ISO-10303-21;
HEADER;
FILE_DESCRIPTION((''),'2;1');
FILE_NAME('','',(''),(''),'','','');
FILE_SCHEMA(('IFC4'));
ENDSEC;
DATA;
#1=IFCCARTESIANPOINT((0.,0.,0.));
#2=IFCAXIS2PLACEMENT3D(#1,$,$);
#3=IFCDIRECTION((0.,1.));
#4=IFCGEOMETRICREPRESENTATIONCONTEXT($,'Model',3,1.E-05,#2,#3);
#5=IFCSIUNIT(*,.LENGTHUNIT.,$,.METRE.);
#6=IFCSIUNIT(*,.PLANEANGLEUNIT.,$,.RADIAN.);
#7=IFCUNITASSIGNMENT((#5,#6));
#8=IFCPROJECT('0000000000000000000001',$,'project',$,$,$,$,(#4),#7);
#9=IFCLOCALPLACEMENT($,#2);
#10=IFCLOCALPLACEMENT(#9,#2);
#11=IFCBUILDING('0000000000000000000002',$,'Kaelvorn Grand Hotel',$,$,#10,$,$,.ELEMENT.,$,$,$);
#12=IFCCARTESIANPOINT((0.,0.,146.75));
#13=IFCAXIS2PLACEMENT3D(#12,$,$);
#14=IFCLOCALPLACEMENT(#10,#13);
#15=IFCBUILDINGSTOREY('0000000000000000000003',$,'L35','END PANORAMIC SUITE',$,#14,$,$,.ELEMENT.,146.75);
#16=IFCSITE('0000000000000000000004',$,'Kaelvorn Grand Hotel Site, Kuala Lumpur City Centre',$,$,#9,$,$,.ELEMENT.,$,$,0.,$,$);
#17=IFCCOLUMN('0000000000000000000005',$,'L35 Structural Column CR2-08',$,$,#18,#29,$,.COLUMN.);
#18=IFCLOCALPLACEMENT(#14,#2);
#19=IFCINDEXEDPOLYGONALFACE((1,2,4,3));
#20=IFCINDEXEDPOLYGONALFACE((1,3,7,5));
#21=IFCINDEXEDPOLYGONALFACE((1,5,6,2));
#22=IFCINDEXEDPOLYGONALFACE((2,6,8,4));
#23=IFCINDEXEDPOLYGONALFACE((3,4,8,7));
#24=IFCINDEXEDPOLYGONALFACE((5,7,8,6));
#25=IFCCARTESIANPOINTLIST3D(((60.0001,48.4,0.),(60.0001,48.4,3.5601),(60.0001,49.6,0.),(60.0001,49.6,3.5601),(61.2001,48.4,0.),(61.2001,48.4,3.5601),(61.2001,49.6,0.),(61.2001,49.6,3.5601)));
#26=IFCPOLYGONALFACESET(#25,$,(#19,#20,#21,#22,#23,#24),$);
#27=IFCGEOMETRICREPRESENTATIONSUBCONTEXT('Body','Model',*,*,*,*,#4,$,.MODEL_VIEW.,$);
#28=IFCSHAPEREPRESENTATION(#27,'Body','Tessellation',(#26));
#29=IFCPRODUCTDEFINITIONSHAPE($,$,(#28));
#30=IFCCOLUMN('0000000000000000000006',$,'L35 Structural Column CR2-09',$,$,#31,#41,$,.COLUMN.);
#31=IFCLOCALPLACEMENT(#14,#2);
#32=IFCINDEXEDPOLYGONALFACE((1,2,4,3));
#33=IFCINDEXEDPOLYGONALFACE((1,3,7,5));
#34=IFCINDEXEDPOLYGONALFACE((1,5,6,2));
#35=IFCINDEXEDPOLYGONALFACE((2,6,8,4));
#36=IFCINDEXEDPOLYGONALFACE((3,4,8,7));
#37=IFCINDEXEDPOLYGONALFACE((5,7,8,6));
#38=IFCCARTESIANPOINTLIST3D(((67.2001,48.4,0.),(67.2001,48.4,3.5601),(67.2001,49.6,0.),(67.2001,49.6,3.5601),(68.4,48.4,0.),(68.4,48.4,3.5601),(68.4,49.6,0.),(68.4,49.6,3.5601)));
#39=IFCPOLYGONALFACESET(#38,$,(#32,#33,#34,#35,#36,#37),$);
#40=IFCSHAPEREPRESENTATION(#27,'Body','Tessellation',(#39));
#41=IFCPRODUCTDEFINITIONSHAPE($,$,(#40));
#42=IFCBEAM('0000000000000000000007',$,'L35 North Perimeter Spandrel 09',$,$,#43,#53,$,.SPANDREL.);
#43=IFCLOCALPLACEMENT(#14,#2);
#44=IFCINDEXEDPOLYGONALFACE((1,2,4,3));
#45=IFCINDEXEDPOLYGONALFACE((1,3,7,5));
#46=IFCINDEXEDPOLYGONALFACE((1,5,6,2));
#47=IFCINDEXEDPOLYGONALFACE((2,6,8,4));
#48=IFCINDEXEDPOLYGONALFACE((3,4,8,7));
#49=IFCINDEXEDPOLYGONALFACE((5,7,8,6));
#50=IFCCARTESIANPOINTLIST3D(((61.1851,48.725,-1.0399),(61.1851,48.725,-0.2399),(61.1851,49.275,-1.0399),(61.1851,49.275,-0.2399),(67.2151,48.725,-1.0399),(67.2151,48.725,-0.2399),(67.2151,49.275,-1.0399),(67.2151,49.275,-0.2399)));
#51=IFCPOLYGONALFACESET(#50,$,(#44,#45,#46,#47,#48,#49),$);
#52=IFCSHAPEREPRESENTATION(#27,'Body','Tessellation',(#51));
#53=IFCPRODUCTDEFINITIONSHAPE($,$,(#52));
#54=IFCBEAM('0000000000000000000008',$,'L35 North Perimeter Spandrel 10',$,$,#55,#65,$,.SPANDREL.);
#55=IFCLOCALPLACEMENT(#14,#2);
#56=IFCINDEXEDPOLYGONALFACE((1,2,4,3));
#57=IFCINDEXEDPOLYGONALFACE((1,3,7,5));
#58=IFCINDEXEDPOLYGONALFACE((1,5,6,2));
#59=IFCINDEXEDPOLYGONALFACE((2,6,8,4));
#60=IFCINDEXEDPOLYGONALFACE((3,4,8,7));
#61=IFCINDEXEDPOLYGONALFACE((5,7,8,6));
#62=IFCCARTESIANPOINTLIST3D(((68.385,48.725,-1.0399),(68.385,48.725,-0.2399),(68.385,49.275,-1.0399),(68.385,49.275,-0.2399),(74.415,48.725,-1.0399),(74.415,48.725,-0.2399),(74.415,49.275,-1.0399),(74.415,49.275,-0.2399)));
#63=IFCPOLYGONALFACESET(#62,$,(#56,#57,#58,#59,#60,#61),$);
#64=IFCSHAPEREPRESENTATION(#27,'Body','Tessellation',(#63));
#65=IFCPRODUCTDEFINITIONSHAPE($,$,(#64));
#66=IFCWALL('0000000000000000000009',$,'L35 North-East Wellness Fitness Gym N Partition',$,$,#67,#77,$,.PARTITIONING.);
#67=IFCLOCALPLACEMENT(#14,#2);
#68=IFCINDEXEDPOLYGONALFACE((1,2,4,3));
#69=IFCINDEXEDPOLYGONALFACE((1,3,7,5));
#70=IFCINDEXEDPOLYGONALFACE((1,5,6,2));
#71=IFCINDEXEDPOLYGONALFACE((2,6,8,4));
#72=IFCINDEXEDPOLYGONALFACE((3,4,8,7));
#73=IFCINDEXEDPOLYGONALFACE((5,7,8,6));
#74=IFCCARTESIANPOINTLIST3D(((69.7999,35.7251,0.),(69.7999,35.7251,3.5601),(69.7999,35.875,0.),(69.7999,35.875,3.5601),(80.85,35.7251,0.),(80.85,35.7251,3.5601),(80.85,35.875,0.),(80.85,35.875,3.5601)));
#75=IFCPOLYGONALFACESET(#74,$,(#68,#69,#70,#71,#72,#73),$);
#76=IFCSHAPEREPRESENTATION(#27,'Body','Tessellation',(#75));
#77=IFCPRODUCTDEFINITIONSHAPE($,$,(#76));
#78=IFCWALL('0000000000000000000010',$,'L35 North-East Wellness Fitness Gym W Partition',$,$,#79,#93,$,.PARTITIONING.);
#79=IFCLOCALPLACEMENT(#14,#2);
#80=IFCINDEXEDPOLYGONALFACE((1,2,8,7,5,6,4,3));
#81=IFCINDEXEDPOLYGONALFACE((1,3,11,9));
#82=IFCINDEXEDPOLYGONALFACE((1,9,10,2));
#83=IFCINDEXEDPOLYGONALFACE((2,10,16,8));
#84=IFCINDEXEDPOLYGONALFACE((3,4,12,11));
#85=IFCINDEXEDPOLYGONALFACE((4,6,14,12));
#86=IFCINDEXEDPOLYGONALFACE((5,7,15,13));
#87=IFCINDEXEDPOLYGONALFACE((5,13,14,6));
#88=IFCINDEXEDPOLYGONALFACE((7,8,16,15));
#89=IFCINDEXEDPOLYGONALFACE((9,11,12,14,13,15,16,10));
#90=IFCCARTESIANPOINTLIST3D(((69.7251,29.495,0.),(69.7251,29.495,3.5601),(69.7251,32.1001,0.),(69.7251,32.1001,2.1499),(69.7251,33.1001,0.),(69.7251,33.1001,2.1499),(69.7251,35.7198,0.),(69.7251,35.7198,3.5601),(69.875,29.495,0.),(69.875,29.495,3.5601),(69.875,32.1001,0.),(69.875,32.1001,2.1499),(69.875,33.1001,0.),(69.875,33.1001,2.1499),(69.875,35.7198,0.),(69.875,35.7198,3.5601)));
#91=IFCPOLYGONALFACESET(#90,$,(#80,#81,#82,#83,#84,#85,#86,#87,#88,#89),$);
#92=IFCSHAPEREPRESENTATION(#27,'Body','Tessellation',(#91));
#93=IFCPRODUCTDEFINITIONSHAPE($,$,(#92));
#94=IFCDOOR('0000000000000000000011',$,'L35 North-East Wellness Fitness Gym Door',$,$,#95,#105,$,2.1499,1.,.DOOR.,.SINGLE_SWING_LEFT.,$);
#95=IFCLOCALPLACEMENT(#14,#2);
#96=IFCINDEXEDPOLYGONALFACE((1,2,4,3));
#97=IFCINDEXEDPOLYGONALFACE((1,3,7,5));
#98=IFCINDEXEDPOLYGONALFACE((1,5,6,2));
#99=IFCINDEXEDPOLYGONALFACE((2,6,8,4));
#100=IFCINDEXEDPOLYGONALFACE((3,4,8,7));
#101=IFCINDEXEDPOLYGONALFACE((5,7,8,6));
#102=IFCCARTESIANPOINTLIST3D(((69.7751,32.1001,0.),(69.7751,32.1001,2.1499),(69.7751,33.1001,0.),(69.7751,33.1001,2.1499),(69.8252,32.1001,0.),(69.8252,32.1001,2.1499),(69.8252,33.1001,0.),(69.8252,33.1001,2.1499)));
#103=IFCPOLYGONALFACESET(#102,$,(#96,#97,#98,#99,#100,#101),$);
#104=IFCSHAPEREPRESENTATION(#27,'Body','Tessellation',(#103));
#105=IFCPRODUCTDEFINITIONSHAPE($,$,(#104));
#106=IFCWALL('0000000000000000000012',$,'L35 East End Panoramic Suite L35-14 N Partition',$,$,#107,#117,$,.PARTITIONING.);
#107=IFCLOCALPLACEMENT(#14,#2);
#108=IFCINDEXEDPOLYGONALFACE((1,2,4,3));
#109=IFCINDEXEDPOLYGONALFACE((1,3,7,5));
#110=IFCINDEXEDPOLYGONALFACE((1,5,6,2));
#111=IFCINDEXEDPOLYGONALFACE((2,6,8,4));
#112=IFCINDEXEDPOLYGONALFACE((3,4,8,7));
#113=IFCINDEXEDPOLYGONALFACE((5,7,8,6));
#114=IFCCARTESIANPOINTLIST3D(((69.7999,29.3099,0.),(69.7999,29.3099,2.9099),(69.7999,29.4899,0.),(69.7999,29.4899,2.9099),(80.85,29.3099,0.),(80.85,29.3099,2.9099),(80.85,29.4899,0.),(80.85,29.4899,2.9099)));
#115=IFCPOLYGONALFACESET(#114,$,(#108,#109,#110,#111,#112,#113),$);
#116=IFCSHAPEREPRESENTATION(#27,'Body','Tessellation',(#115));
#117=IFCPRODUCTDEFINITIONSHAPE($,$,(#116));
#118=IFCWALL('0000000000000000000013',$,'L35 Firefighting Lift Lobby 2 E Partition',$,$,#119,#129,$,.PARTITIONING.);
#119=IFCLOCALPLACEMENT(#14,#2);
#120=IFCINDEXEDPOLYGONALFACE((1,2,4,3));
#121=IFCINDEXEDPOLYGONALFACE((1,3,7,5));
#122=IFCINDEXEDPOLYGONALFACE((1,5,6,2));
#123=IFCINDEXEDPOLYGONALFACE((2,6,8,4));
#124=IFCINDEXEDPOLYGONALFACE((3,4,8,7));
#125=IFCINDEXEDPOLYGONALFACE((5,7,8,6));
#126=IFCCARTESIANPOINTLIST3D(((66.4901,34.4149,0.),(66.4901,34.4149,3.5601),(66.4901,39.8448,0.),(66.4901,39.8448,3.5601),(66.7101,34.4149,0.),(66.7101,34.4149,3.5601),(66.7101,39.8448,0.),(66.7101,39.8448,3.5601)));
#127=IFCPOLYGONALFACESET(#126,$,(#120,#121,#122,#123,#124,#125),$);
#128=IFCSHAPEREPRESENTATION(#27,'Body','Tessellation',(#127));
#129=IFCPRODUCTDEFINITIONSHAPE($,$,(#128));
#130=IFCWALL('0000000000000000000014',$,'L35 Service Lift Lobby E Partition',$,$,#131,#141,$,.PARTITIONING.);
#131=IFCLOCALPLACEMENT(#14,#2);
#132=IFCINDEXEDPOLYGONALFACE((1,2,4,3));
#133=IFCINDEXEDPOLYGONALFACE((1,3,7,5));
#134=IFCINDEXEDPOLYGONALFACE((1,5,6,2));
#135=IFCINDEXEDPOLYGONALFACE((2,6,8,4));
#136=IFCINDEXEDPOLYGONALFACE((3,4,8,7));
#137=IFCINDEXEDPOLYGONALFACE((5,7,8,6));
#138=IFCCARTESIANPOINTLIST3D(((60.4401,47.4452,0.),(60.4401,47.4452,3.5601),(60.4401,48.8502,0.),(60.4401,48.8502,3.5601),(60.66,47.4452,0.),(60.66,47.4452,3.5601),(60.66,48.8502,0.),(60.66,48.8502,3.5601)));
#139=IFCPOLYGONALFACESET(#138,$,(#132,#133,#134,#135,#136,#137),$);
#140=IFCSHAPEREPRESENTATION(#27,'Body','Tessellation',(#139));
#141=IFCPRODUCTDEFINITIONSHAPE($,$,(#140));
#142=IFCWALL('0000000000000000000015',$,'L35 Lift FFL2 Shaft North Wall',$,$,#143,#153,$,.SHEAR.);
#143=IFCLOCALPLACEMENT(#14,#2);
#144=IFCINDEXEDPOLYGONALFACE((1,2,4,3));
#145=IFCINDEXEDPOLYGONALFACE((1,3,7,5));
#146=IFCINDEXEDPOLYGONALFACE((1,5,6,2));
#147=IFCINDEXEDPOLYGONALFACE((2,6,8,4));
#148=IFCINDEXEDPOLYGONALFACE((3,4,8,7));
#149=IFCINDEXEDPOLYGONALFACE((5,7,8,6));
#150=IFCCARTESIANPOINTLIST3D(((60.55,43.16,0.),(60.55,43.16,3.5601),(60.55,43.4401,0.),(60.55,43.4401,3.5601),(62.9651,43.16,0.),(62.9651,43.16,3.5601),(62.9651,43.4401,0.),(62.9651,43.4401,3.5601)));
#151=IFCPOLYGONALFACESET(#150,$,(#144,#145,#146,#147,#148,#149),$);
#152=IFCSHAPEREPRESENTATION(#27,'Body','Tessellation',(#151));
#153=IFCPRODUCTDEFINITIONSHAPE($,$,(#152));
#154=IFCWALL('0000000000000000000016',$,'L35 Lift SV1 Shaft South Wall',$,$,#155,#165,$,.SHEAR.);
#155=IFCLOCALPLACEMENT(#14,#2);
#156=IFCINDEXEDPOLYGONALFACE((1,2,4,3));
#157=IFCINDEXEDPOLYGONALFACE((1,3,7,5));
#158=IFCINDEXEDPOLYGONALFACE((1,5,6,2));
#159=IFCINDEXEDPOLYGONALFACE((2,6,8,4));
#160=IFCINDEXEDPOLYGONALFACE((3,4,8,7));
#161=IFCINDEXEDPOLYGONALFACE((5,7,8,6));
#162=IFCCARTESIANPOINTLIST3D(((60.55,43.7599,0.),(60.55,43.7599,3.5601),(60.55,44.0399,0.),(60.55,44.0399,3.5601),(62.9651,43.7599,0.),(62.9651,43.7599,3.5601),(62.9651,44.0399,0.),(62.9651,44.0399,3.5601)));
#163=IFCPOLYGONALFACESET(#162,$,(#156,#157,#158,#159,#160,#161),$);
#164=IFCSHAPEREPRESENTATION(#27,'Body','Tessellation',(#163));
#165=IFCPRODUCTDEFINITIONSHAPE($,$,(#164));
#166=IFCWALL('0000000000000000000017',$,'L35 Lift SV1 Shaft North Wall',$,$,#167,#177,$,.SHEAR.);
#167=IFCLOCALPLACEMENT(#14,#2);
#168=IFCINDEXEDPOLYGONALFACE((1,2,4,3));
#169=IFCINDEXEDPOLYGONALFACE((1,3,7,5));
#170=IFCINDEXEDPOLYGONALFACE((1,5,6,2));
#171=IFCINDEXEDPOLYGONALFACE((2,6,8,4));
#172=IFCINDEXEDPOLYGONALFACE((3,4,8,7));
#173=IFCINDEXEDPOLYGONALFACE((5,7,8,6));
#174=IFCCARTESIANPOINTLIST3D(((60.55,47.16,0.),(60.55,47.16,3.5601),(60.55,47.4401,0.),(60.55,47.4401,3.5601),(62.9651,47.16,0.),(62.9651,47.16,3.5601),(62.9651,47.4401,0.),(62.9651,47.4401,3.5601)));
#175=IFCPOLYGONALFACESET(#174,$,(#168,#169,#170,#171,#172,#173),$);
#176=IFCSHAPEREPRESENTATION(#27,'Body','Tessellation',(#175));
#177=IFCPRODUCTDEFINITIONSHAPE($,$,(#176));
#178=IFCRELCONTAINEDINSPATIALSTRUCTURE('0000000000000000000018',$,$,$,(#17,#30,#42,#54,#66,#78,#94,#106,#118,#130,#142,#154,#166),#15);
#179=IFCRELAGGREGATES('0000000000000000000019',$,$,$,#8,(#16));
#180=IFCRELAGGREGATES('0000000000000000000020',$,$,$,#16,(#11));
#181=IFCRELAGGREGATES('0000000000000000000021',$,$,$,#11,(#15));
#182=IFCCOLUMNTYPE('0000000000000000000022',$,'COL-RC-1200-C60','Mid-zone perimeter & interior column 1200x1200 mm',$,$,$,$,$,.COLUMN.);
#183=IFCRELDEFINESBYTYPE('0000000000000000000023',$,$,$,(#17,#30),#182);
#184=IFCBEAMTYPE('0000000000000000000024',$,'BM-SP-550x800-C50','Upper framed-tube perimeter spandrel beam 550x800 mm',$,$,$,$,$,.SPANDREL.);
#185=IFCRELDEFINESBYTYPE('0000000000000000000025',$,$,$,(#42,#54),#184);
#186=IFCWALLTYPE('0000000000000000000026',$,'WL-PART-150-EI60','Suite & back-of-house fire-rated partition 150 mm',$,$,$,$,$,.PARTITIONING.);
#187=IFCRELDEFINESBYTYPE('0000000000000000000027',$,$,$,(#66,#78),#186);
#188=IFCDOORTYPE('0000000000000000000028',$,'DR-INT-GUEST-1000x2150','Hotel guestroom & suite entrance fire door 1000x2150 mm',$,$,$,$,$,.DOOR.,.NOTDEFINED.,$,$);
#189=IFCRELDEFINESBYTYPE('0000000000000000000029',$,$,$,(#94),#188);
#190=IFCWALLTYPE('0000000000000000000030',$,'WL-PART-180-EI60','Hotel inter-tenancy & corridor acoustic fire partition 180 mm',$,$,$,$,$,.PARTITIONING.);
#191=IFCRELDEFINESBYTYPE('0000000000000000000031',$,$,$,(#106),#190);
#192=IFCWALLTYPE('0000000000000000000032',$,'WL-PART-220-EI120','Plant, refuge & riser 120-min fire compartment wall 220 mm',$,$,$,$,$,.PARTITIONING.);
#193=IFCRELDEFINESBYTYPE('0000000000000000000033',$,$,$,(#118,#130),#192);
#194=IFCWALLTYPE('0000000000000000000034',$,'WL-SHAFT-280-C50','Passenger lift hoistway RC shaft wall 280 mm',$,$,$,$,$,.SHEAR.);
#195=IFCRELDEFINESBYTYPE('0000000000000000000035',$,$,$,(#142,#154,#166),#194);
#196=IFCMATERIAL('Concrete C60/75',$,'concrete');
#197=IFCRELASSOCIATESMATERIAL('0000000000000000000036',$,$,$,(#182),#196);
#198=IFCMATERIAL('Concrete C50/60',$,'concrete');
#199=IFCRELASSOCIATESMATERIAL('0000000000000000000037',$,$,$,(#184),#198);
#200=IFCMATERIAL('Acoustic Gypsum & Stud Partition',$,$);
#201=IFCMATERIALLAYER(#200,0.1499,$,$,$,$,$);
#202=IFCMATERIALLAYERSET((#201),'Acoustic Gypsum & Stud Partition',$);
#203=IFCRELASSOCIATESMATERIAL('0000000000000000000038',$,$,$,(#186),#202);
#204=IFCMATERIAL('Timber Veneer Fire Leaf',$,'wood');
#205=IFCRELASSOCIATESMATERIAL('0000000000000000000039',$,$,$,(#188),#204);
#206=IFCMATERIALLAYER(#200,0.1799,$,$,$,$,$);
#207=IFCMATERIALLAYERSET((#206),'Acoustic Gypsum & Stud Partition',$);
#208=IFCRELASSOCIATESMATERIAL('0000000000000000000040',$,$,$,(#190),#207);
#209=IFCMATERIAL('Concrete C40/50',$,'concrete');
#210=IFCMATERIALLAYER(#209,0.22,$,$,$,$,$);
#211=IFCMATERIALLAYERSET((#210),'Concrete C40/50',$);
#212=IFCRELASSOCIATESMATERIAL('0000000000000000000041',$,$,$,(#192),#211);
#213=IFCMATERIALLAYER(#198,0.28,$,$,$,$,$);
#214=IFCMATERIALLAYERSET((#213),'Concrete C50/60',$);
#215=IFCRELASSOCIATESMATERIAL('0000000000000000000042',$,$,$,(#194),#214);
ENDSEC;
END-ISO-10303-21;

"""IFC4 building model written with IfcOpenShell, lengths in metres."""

from ifc_helpers import new_model, si_unit, direction, frame, frame_2d, origin, origin_2d, place, context, subcontext, project, spatial, rectangle, extrude, material, layer, layer_set, material_profile, profile_set, type_object, element, fill, save


model = new_model("IFC4")

# Units and contexts
model_context = context("Model", 3, precision=1e-05, world=origin(), true_north=direction((0.0, 1.0)))
body_context = subcontext(model_context, "Body", "Model", "MODEL_VIEW")
ifc_project = project(units=[si_unit("LENGTHUNIT", "METRE"), si_unit("PLANEANGLEUNIT", "RADIAN")], contexts=[model_context])

# Site, building, storey
site_placement = place(None, origin())
site = spatial("IfcSite", under=ifc_project, at=site_placement, Name="Kaelvorn Grand Hotel Site, Kuala Lumpur City Centre", CompositionType="ELEMENT", RefElevation=0.0)
building_placement = place(site_placement, origin())
building = spatial("IfcBuilding", under=site, at=building_placement, Name="Kaelvorn Grand Hotel", CompositionType="ELEMENT")
storey_placement = place(building_placement, frame((0.0, 0.0, 146.75)))
storey = spatial("IfcBuildingStorey", under=building, at=storey_placement, Name="L35", Description="END PANORAMIC SUITE", CompositionType="ELEMENT", Elevation=146.75)

# Columns
ifc_material_1 = material(Name="Concrete C60/75", Category="concrete")
ifc_material_profile_1 = material_profile(ifc_material_1, rectangle(XDim=1.2, YDim=1.2, at=origin_2d()), Name="RC COL 1200x1200")
ifc_profile_set_1 = profile_set([ifc_material_profile_1], Name="Concrete C60/75")
column_type = type_object("IfcColumnType", Name="COL-RC-1200-C60", Description="Mid-zone perimeter & interior column 1200x1200 mm", PredefinedType="COLUMN", material=ifc_profile_set_1)
for number, where, z_axis, x_axis, name in (
    (1, (60.6001, 49.0, 0.0), (0.0, 0.0, 1.0), (1.0, 0.0, 0.0), "L35 Structural Column CR2-08"),
    (2, (67.8, 49.0, 0.0), (0.0, 0.0, 1.0), (1.0, 0.0, 0.0), "L35 Structural Column CR2-09"),
):
    element("IfcColumn", number, at=place(storey_placement, frame(where, z_axis=z_axis, x_axis=x_axis)), inside=storey, type_object=column_type, Name=name, PredefinedType="COLUMN", context=body_context, shape_type="SweptSolid", body=[
        extrude(rectangle(XDim=1.2, YDim=1.2, at=origin_2d()), origin(), (0.0, 0.0, 1.0), 3.5601),
    ])

# Beams
ifc_material_2 = material(Name="Concrete C50/60", Category="concrete")
ifc_material_profile_2 = material_profile(ifc_material_2, rectangle(XDim=0.55, YDim=0.8, at=origin_2d()), Name="RC SPANDREL 550x800")
ifc_profile_set_2 = profile_set([ifc_material_profile_2], Name="Concrete C50/60")
beam_type = type_object("IfcBeamType", Name="BM-SP-550x800-C50", Description="Upper framed-tube perimeter spandrel beam 550x800 mm", PredefinedType="SPANDREL", material=ifc_profile_set_2)
for number, where, z_axis, x_axis, name in (
    (3, (61.1851, 49.0, -0.6399), (1.0, 0.0, 0.0), (0.0, 1.0, 0.0), "L35 North Perimeter Spandrel 09"),
    (4, (68.385, 49.0, -0.6399), (1.0, 0.0, 0.0), (0.0, 1.0, 0.0), "L35 North Perimeter Spandrel 10"),
):
    element("IfcBeam", number, at=place(storey_placement, frame(where, z_axis=z_axis, x_axis=x_axis)), inside=storey, type_object=beam_type, Name=name, PredefinedType="SPANDREL", context=body_context, shape_type="SweptSolid", body=[
        extrude(rectangle(XDim=0.55, YDim=0.8, at=origin_2d()), origin(), (0.0, 0.0, 1.0), 6.03),
    ])

# Wall
ifc_material_3 = material(Name="Acoustic Gypsum & Stud Partition")
ifc_layer_1 = layer(ifc_material_3, 0.1499)
ifc_layer_set_1 = layer_set([ifc_layer_1], Name="Acoustic Gypsum & Stud Partition")
wall_type_1 = type_object("IfcWallType", Name="WL-PART-150-EI60", Description="Suite & back-of-house fire-rated partition 150 mm", PredefinedType="PARTITIONING", material=ifc_layer_set_1)
wall_1_placement = place(storey_placement, frame((69.8, 35.8, 0.0), z_axis=(0.0, 0.0, 1.0), x_axis=(1.0, 0.0, 0.0)))
element("IfcWall", 5, at=wall_1_placement, inside=storey, type_object=wall_type_1, Name="L35 North-East Wellness Fitness Gym N Partition", PredefinedType="PARTITIONING", context=body_context, shape_type="SweptSolid", body=[
    extrude(rectangle(XDim=11.05, YDim=0.1499, at=frame_2d((5.5249, 0.0))), origin(), (0.0, 0.0, 1.0), 3.5601),
])

# Wall, opening, door
wall_2_placement = place(storey_placement, frame((69.8, 29.4951, 0.0), z_axis=(0.0, 0.0, 1.0), x_axis=(0.0, 1.0, 0.0)))
wall_2 = element("IfcWall", 6, at=wall_2_placement, inside=storey, type_object=wall_type_1, Name="L35 North-East Wellness Fitness Gym W Partition", PredefinedType="PARTITIONING", context=body_context, shape_type="SweptSolid", body=[
    extrude(rectangle(XDim=6.2249, YDim=0.1499, at=frame_2d((3.1123, 0.0))), origin(), (0.0, 0.0, 1.0), 3.5601),
])
opening_1_placement = place(wall_2_placement, frame((2.605, 0.0, 0.0)))
opening_1 = element("IfcOpeningElement", 7, at=opening_1_placement, cuts=wall_2, PredefinedType="OPENING", context=body_context, shape_type="SweptSolid", body=[
    extrude(rectangle(XDim=1.0, YDim=2.1499, at=frame_2d((0.5, 1.075))), frame((0.0, 0.085, 0.0), z_axis=(0.0, -1.0, 0.0), x_axis=(1.0, 0.0, 0.0)), (0.0, 0.0, 1.0), 0.1699),
])
ifc_material_4 = material(Name="Timber Veneer Fire Leaf", Category="wood")
door_type_1 = type_object("IfcDoorType", Name="DR-INT-GUEST-1000x2150", Description="Hotel guestroom & suite entrance fire door 1000x2150 mm", OperationType="NOTDEFINED", PredefinedType="DOOR", material=ifc_material_4)
door_1_placement = place(opening_1_placement, origin())
door_1 = element("IfcDoor", 8, at=door_1_placement, inside=storey, type_object=door_type_1, Name="L35 North-East Wellness Fitness Gym Door", OperationType="SINGLE_SWING_LEFT", OverallHeight=2.1499, OverallWidth=1.0, PredefinedType="DOOR", context=body_context, shape_type="SweptSolid", body=[
    extrude(rectangle(XDim=1.0, YDim=2.1499, at=frame_2d((0.5, 1.075))), frame((0.0, 0.0249, 0.0), z_axis=(0.0, -1.0, 0.0), x_axis=(1.0, 0.0, 0.0)), (0.0, 0.0, 1.0), 0.05),
])
fill(opening_1, door_1)

# Walls
ifc_layer_2 = layer(ifc_material_3, 0.1799)
ifc_layer_set_2 = layer_set([ifc_layer_2], Name="Acoustic Gypsum & Stud Partition")
wall_type_2 = type_object("IfcWallType", Name="WL-PART-180-EI60", Description="Hotel inter-tenancy & corridor acoustic fire partition 180 mm", PredefinedType="PARTITIONING", material=ifc_layer_set_2)
wall_3_placement = place(storey_placement, frame((69.8, 29.3999, 0.0), z_axis=(0.0, 0.0, 1.0), x_axis=(1.0, 0.0, 0.0)))
element("IfcWall", 9, at=wall_3_placement, inside=storey, type_object=wall_type_2, Name="L35 East End Panoramic Suite L35-14 N Partition", PredefinedType="PARTITIONING", context=body_context, shape_type="SweptSolid", body=[
    extrude(rectangle(XDim=11.05, YDim=0.1799, at=frame_2d((5.5249, 0.0))), origin(), (0.0, 0.0, 1.0), 2.9099),
])
ifc_material_5 = material(Name="Concrete C40/50", Category="concrete")
ifc_layer_3 = layer(ifc_material_5, 0.22)
ifc_layer_set_3 = layer_set([ifc_layer_3], Name="Concrete C40/50")
wall_type_3 = type_object("IfcWallType", Name="WL-PART-220-EI120", Description="Plant, refuge & riser 120-min fire compartment wall 220 mm", PredefinedType="PARTITIONING", material=ifc_layer_set_3)
wall_4_placement = place(storey_placement, frame((66.6001, 34.415, 0.0), z_axis=(0.0, 0.0, 1.0), x_axis=(0.0, 1.0, 0.0)))
element("IfcWall", 10, at=wall_4_placement, inside=storey, type_object=wall_type_3, Name="L35 Firefighting Lift Lobby 2 E Partition", PredefinedType="PARTITIONING", context=body_context, shape_type="SweptSolid", body=[
    extrude(rectangle(XDim=5.4299, YDim=0.22, at=frame_2d((2.7148, 0.0))), origin(), (0.0, 0.0, 1.0), 3.5601),
])
wall_5_placement = place(storey_placement, frame((60.55, 47.4451, 0.0), z_axis=(0.0, 0.0, 1.0), x_axis=(0.0, 1.0, 0.0)))
element("IfcWall", 11, at=wall_5_placement, inside=storey, type_object=wall_type_3, Name="L35 Service Lift Lobby E Partition", PredefinedType="PARTITIONING", context=body_context, shape_type="SweptSolid", body=[
    extrude(rectangle(XDim=1.405, YDim=0.22, at=frame_2d((0.7026, 0.0))), origin(), (0.0, 0.0, 1.0), 3.5601),
])
ifc_layer_4 = layer(ifc_material_2, 0.28)
ifc_layer_set_4 = layer_set([ifc_layer_4], Name="Concrete C50/60")
wall_type_4 = type_object("IfcWallType", Name="WL-SHAFT-280-C50", Description="Passenger lift hoistway RC shaft wall 280 mm", PredefinedType="SHEAR", material=ifc_layer_set_4)
for number, where, z_axis, x_axis, name in (
    (12, (60.55, 43.3, 0.0), (0.0, 0.0, 1.0), (1.0, 0.0, 0.0), "L35 Lift FFL2 Shaft North Wall"),
    (13, (60.55, 43.8999, 0.0), (0.0, 0.0, 1.0), (1.0, 0.0, 0.0), "L35 Lift SV1 Shaft South Wall"),
    (14, (60.55, 47.3, 0.0), (0.0, 0.0, 1.0), (1.0, 0.0, 0.0), "L35 Lift SV1 Shaft North Wall"),
):
    element("IfcWall", number, at=place(storey_placement, frame(where, z_axis=z_axis, x_axis=x_axis)), inside=storey, type_object=wall_type_4, Name=name, PredefinedType="SHEAR", context=body_context, shape_type="SweptSolid", body=[
        extrude(rectangle(XDim=2.415, YDim=0.28, at=frame_2d((1.2075, 0.0))), origin(), (0.0, 0.0, 1.0), 3.5601),
    ])

save(model, "model.ifc")
